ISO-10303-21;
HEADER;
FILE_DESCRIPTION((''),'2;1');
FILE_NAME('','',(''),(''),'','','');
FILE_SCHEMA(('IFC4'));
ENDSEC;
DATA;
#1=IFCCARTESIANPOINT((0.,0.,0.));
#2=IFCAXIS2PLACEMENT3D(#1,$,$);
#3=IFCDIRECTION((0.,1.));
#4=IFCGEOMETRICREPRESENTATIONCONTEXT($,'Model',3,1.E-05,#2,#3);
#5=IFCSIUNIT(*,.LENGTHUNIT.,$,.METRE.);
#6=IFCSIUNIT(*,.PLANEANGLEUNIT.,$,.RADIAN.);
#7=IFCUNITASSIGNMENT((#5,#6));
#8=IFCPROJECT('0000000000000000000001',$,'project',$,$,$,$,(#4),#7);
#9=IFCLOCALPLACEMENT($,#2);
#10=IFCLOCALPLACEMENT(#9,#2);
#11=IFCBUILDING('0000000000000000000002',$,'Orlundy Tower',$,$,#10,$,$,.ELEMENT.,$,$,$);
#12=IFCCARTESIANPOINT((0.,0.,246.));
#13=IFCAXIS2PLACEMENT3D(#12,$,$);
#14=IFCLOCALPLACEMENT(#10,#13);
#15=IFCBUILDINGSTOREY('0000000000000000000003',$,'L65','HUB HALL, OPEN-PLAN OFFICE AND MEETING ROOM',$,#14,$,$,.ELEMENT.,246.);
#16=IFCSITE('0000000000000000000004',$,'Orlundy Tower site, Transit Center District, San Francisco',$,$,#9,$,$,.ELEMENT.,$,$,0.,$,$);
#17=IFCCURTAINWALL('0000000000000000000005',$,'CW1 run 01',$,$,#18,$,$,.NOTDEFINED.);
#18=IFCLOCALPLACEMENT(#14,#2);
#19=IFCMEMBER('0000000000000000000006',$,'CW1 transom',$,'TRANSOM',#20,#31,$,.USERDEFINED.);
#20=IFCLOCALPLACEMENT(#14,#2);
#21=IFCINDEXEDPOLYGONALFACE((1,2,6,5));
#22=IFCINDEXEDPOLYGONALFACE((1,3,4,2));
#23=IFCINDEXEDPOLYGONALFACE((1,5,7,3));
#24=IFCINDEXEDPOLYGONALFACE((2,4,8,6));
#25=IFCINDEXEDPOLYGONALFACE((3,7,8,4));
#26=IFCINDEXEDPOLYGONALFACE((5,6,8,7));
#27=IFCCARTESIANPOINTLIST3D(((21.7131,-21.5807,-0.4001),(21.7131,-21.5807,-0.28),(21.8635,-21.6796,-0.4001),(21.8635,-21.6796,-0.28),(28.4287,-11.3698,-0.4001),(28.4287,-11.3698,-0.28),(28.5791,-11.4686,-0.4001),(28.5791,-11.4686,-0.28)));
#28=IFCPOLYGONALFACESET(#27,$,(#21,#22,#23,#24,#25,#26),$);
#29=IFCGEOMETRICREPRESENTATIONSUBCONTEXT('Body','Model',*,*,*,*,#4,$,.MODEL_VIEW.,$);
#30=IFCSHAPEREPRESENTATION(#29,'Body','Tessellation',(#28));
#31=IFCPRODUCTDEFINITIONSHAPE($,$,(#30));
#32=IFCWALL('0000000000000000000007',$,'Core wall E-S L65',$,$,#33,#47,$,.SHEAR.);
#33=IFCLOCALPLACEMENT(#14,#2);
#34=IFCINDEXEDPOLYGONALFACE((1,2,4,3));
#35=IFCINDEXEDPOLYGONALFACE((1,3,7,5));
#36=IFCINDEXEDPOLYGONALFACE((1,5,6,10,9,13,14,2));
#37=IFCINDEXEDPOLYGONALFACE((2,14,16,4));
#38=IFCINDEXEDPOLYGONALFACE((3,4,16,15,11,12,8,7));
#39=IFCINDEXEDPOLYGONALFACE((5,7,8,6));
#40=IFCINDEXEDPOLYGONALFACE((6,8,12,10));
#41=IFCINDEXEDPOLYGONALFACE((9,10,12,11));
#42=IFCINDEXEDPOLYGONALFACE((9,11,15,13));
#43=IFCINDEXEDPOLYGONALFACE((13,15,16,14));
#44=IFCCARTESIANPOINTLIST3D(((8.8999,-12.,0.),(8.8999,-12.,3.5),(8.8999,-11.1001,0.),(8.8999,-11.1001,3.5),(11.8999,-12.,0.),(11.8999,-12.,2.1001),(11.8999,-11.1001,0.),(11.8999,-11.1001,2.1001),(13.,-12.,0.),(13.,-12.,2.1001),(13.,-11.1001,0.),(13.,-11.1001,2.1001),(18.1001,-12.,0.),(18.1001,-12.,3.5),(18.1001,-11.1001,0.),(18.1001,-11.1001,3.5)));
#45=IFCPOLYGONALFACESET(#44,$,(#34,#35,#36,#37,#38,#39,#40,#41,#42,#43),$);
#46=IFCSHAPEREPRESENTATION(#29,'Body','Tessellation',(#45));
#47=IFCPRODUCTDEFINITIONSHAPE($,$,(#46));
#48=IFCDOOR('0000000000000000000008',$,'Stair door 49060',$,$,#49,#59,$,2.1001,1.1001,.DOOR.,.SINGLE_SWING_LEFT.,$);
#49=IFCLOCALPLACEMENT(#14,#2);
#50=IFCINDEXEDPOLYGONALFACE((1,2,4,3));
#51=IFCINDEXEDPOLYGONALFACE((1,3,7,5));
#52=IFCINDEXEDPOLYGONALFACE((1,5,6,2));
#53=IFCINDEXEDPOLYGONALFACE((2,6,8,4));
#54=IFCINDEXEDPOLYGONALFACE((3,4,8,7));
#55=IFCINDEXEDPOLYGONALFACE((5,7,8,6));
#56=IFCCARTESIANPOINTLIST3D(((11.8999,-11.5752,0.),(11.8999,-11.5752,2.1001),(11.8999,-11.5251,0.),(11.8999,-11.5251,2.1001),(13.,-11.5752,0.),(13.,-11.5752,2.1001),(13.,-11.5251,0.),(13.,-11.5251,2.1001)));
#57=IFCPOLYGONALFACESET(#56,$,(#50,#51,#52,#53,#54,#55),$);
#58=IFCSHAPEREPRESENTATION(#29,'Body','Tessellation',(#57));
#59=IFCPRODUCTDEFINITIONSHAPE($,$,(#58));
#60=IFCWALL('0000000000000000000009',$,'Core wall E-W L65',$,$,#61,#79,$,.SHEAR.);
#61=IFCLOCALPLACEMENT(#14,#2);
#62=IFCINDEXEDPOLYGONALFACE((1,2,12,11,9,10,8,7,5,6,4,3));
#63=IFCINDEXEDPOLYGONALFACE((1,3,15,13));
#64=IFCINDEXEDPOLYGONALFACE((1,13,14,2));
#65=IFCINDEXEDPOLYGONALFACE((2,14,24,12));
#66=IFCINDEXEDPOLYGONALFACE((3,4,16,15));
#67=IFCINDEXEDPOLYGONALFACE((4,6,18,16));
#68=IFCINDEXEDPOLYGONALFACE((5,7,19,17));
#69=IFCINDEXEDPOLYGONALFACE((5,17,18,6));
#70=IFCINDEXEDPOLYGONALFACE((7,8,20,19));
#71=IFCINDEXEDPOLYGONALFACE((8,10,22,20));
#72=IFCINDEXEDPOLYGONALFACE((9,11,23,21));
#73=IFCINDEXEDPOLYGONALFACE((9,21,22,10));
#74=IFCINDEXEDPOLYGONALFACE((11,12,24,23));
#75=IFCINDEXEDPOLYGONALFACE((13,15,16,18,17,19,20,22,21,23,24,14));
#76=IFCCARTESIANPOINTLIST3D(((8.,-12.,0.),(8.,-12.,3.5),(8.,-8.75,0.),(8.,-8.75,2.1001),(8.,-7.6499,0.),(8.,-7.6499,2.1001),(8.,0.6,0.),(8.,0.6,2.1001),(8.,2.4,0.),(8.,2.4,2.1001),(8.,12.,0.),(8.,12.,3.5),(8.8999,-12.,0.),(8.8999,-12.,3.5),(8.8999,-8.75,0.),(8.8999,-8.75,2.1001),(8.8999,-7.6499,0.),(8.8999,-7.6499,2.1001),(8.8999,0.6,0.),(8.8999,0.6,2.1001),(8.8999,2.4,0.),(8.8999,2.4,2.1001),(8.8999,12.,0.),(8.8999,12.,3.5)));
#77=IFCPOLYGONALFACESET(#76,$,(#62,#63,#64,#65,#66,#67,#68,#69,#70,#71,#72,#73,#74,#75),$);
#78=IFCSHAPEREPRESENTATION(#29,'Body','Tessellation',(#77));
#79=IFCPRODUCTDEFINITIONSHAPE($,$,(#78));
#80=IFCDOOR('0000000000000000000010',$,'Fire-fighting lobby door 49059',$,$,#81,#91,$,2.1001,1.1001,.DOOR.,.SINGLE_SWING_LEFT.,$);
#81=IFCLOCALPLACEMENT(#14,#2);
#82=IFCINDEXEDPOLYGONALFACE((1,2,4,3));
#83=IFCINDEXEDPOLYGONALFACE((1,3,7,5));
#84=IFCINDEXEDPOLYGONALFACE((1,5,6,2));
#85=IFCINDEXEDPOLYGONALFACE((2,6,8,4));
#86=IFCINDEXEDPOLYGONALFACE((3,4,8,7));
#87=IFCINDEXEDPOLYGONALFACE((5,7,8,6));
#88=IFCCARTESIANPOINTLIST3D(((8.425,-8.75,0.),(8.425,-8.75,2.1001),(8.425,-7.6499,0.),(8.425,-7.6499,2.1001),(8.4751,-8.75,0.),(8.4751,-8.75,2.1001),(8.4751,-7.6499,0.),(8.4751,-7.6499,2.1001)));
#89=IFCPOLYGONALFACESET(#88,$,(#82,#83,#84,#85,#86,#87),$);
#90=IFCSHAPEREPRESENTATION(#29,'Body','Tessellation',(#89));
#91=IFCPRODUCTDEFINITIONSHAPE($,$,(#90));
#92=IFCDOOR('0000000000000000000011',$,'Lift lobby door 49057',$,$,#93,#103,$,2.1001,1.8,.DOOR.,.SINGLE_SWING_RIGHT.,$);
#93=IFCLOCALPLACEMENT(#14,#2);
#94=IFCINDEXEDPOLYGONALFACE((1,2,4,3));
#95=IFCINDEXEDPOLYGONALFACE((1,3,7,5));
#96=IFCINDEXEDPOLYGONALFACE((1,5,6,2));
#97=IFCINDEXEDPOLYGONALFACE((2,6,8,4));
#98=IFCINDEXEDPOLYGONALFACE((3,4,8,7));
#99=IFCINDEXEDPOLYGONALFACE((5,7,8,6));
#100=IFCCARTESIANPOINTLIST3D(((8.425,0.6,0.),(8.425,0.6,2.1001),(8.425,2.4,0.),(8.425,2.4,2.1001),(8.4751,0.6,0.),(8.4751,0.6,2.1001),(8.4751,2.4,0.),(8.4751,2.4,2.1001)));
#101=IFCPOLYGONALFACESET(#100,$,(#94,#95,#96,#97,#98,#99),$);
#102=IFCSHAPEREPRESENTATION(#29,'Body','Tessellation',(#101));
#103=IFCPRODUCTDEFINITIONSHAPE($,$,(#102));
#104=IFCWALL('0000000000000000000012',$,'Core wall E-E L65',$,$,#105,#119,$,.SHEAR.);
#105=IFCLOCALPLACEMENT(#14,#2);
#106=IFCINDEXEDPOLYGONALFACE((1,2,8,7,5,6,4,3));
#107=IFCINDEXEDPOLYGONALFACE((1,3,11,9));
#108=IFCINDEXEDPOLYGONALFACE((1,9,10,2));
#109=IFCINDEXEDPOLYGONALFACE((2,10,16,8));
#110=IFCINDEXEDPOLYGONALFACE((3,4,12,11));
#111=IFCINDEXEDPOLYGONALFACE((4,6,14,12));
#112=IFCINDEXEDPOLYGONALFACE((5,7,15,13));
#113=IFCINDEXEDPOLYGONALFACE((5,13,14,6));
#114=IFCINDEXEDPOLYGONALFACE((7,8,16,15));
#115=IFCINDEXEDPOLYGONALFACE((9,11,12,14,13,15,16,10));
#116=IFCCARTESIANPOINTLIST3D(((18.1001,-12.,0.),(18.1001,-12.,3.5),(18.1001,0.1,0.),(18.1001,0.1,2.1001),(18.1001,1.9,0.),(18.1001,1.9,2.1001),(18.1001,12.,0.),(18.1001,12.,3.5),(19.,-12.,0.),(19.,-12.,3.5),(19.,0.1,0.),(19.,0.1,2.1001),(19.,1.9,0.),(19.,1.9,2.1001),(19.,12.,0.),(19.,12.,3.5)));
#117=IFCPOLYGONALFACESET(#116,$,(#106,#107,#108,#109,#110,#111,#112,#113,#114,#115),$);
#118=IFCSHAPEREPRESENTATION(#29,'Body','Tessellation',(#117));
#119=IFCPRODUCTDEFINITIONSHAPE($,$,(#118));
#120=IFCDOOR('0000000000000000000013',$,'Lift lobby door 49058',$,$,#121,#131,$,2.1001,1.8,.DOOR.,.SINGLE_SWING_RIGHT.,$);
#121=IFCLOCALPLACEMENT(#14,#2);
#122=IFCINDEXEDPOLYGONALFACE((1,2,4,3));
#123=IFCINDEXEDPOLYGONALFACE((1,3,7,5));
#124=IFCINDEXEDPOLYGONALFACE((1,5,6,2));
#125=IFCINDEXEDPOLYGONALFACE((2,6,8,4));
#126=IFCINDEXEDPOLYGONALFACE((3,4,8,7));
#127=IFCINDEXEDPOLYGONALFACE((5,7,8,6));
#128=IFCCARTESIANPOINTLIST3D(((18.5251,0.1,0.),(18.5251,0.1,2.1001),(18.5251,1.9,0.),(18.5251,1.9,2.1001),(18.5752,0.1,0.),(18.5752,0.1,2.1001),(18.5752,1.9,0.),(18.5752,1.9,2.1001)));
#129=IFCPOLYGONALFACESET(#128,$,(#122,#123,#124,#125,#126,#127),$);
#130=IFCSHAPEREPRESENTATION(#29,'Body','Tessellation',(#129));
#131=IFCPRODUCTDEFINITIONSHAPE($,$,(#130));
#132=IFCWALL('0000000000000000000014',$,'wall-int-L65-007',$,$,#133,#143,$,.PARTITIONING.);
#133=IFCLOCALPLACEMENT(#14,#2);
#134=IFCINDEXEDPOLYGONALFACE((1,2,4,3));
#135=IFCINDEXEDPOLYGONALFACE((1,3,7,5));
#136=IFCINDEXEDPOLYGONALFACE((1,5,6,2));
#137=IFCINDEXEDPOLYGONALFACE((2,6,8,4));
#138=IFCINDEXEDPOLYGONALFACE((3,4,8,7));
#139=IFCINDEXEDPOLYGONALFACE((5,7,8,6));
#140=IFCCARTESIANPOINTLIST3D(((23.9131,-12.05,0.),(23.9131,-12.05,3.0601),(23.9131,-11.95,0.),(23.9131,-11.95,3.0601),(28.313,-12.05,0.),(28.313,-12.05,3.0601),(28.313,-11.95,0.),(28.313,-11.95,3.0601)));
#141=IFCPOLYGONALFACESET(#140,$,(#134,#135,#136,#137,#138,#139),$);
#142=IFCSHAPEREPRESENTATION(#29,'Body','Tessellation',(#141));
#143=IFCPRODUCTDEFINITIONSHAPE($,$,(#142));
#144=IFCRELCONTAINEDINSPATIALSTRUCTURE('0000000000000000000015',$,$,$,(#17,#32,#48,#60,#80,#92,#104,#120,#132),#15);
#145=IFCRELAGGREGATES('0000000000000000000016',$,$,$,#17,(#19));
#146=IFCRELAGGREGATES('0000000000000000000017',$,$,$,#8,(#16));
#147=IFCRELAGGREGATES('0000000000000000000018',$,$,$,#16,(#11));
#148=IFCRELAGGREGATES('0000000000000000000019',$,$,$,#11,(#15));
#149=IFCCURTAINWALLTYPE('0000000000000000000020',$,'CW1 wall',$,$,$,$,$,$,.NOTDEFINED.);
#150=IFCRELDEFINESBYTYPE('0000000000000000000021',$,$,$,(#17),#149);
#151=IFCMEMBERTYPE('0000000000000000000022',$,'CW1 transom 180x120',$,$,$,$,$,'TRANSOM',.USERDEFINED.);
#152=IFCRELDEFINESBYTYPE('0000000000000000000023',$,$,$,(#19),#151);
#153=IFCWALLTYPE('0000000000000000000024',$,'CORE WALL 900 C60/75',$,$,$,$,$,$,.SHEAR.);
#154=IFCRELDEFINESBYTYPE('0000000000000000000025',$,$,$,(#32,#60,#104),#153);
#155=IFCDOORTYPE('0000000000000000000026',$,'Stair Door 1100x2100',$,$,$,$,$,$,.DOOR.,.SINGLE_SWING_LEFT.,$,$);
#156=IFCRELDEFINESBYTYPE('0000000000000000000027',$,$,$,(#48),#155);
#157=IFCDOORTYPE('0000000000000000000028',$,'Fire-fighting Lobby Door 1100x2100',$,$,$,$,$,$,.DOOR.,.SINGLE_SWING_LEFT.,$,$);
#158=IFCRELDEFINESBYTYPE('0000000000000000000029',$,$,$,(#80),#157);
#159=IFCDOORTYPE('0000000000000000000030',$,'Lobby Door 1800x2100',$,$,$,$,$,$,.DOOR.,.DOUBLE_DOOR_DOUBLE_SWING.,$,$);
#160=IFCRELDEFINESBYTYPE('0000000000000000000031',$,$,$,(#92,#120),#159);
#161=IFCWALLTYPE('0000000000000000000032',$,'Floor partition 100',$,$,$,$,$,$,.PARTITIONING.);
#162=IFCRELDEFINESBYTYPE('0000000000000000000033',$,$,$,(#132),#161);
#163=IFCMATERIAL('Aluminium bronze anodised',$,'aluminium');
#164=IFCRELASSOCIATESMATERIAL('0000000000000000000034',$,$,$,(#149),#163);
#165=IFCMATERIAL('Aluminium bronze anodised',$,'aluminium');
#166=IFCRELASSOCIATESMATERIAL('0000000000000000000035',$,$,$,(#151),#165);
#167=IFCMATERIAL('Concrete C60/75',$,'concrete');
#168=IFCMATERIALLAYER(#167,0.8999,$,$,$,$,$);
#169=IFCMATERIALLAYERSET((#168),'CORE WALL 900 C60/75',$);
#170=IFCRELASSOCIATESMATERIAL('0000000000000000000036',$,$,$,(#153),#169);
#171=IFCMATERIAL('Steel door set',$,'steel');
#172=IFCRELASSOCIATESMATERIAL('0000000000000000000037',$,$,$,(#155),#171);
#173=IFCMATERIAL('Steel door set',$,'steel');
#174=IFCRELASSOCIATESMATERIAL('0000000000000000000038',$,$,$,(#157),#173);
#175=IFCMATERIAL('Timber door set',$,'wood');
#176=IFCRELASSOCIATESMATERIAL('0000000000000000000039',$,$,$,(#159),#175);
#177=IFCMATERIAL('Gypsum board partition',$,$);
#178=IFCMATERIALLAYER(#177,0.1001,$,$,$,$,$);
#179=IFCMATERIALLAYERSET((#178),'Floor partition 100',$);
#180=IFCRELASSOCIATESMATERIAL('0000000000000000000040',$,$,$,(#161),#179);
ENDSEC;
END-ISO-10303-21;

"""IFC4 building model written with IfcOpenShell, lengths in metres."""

from ifc_helpers import new_model, si_unit, direction, frame, frame_2d, origin, origin_2d, place, context, subcontext, project, spatial, rectangle, extrude, material, layer, layer_set, material_profile, profile_set, type_object, element, fill, aggregate, save


model = new_model("IFC4")

# Units and contexts
model_context = context("Model", 3, precision=1e-05, world=origin(), true_north=direction((0.0, 1.0)))
body_context = subcontext(model_context, "Body", "Model", "MODEL_VIEW")
ifc_project = project(units=[si_unit("LENGTHUNIT", "METRE"), si_unit("PLANEANGLEUNIT", "RADIAN")], contexts=[model_context])

# Site, building, storey
site_placement = place(None, origin())
site = spatial("IfcSite", under=ifc_project, at=site_placement, Name="Orlundy Tower site, Transit Center District, San Francisco", CompositionType="ELEMENT", RefElevation=0.0)
building_placement = place(site_placement, origin())
building = spatial("IfcBuilding", under=site, at=building_placement, Name="Orlundy Tower", CompositionType="ELEMENT")
storey_placement = place(building_placement, frame((0.0, 0.0, 246.0)))
storey = spatial("IfcBuildingStorey", under=building, at=storey_placement, Name="L65", Description="HUB HALL, OPEN-PLAN OFFICE AND MEETING ROOM", CompositionType="ELEMENT", Elevation=246.0)

# Curtain wall, member
ifc_material_1 = material(Name="Aluminium bronze anodised", Category="aluminium")
curtain_wall_type = type_object("IfcCurtainWallType", Name="CW1 wall", PredefinedType="NOTDEFINED", material=ifc_material_1)
curtain_wall_placement = place(storey_placement, origin())
curtain_wall = element("IfcCurtainWall", 1, at=curtain_wall_placement, inside=storey, type_object=curtain_wall_type, Name="CW1 run 01", PredefinedType="NOTDEFINED")
ifc_material_2 = material(Name="Aluminium bronze anodised", Category="aluminium")
ifc_material_profile = material_profile(ifc_material_2, rectangle(XDim=0.1799, YDim=0.1201, at=origin_2d()), Name="CW1 transom 180x120")
ifc_profile_set = profile_set([ifc_material_profile], Name="Aluminium bronze anodised")
member_type = type_object("IfcMemberType", Name="CW1 transom 180x120", ElementType="TRANSOM", PredefinedType="USERDEFINED", material=ifc_profile_set)
member_placement = place(storey_placement, frame((28.5039, -11.4192, -0.3401), z_axis=(-0.549494, -0.835498, 0.0), x_axis=(0.835498, -0.549494, 0.0)))
member = element("IfcMember", 2, at=member_placement, type_object=member_type, Name="CW1 transom", ObjectType="TRANSOM", PredefinedType="USERDEFINED", context=body_context, shape_type="SweptSolid", body=[
    extrude(rectangle(XDim=0.1799, YDim=0.1201, at=origin_2d()), origin(), (0.0, 0.0, 1.0), 12.2214),
])
aggregate(curtain_wall, [member])

# Wall, opening, door
ifc_material_3 = material(Name="Concrete C60/75", Category="concrete")
ifc_layer_1 = layer(ifc_material_3, 0.8999)
ifc_layer_set_1 = layer_set([ifc_layer_1], Name="CORE WALL 900 C60/75")
wall_type_1 = type_object("IfcWallType", Name="CORE WALL 900 C60/75", PredefinedType="SHEAR", material=ifc_layer_set_1)
wall_1_placement = place(storey_placement, frame((8.8999, -11.55, 0.0), z_axis=(0.0, 0.0, 1.0), x_axis=(1.0, 0.0, 0.0)))
wall_1 = element("IfcWall", 3, at=wall_1_placement, inside=storey, type_object=wall_type_1, Name="Core wall E-S L65", PredefinedType="SHEAR", context=body_context, shape_type="SweptSolid", body=[
    extrude(rectangle(XDim=9.2002, YDim=0.8999, at=frame_2d((4.6001, 0.0))), origin(), (0.0, 0.0, 1.0), 3.5),
])
opening_1_placement = place(wall_1_placement, frame((3.0, 0.0, 0.0)))
opening_1 = element("IfcOpeningElement", 4, at=opening_1_placement, cuts=wall_1, PredefinedType="OPENING", context=body_context, shape_type="SweptSolid", body=[
    extrude(rectangle(XDim=1.1001, YDim=2.1001, at=frame_2d((0.55, 1.05))), frame((0.0, 0.46, 0.0), z_axis=(0.0, -1.0, 0.0), x_axis=(1.0, 0.0, 0.0)), (0.0, 0.0, 1.0), 0.9199),
])
ifc_material_4 = material(Name="Steel door set", Category="steel")
door_type_1 = type_object("IfcDoorType", Name="Stair Door 1100x2100", OperationType="SINGLE_SWING_LEFT", PredefinedType="DOOR", material=ifc_material_4)
door_1_placement = place(opening_1_placement, origin())
door_1 = element("IfcDoor", 5, at=door_1_placement, inside=storey, type_object=door_type_1, Name="Stair door 49060", OperationType="SINGLE_SWING_LEFT", OverallHeight=2.1001, OverallWidth=1.1001, PredefinedType="DOOR", context=body_context, shape_type="SweptSolid", body=[
    extrude(rectangle(XDim=1.1001, YDim=2.1001, at=frame_2d((0.55, 1.05))), frame((0.0, 0.0249, 0.0), z_axis=(0.0, -1.0, 0.0), x_axis=(1.0, 0.0, 0.0)), (0.0, 0.0, 1.0), 0.05),
])
fill(opening_1, door_1)

# Wall, openings, doors
wall_2_placement = place(storey_placement, frame((8.45, -12.0, 0.0), z_axis=(0.0, 0.0, 1.0), x_axis=(0.0, 1.0, 0.0)))
wall_2 = element("IfcWall", 6, at=wall_2_placement, inside=storey, type_object=wall_type_1, Name="Core wall E-W L65", PredefinedType="SHEAR", context=body_context, shape_type="SweptSolid", body=[
    extrude(rectangle(XDim=24.0, YDim=0.8999, at=frame_2d((12.0, 0.0))), origin(), (0.0, 0.0, 1.0), 3.5),
])
opening_2_placement = place(wall_2_placement, frame((12.6001, 0.0, 0.0)))
opening_2 = element("IfcOpeningElement", 7, at=opening_2_placement, cuts=wall_2, PredefinedType="OPENING", context=body_context, shape_type="SweptSolid", body=[
    extrude(rectangle(XDim=1.8, YDim=2.1001, at=frame_2d((0.8999, 1.05))), frame((0.0, 0.46, 0.0), z_axis=(0.0, -1.0, 0.0), x_axis=(1.0, 0.0, 0.0)), (0.0, 0.0, 1.0), 0.9199),
])
opening_3_placement = place(wall_2_placement, frame((3.25, 0.0, 0.0)))
opening_3 = element("IfcOpeningElement", 8, at=opening_3_placement, cuts=wall_2, PredefinedType="OPENING", context=body_context, shape_type="SweptSolid", body=[
    extrude(rectangle(XDim=1.1001, YDim=2.1001, at=frame_2d((0.55, 1.05))), frame((0.0, 0.46, 0.0), z_axis=(0.0, -1.0, 0.0), x_axis=(1.0, 0.0, 0.0)), (0.0, 0.0, 1.0), 0.9199),
])
ifc_material_5 = material(Name="Steel door set", Category="steel")
door_type_2 = type_object("IfcDoorType", Name="Fire-fighting Lobby Door 1100x2100", OperationType="SINGLE_SWING_LEFT", PredefinedType="DOOR", material=ifc_material_5)
door_2_placement = place(opening_3_placement, origin())
door_2 = element("IfcDoor", 9, at=door_2_placement, inside=storey, type_object=door_type_2, Name="Fire-fighting lobby door 49059", OperationType="SINGLE_SWING_LEFT", OverallHeight=2.1001, OverallWidth=1.1001, PredefinedType="DOOR", context=body_context, shape_type="SweptSolid", body=[
    extrude(rectangle(XDim=1.1001, YDim=2.1001, at=frame_2d((0.55, 1.05))), frame((0.0, 0.0249, 0.0), z_axis=(0.0, -1.0, 0.0), x_axis=(1.0, 0.0, 0.0)), (0.0, 0.0, 1.0), 0.05),
])
fill(opening_3, door_2)
ifc_material_6 = material(Name="Timber door set", Category="wood")
door_type_3 = type_object("IfcDoorType", Name="Lobby Door 1800x2100", OperationType="DOUBLE_DOOR_DOUBLE_SWING", PredefinedType="DOOR", material=ifc_material_6)
door_3_placement = place(opening_2_placement, origin())
door_3 = element("IfcDoor", 10, at=door_3_placement, inside=storey, type_object=door_type_3, Name="Lift lobby door 49057", OperationType="SINGLE_SWING_RIGHT", OverallHeight=2.1001, OverallWidth=1.8, PredefinedType="DOOR", context=body_context, shape_type="SweptSolid", body=[
    extrude(rectangle(XDim=1.8, YDim=2.1001, at=frame_2d((0.8999, 1.05))), frame((0.0, 0.0249, 0.0), z_axis=(0.0, -1.0, 0.0), x_axis=(1.0, 0.0, 0.0)), (0.0, 0.0, 1.0), 0.05),
])
fill(opening_2, door_3)

# Wall, opening, door
wall_3_placement = place(storey_placement, frame((18.55, -12.0, 0.0), z_axis=(0.0, 0.0, 1.0), x_axis=(0.0, 1.0, 0.0)))
wall_3 = element("IfcWall", 11, at=wall_3_placement, inside=storey, type_object=wall_type_1, Name="Core wall E-E L65", PredefinedType="SHEAR", context=body_context, shape_type="SweptSolid", body=[
    extrude(rectangle(XDim=24.0, YDim=0.8999, at=frame_2d((12.0, 0.0))), origin(), (0.0, 0.0, 1.0), 3.5),
])
opening_4_placement = place(wall_3_placement, frame((12.1001, 0.0, 0.0)))
opening_4 = element("IfcOpeningElement", 12, at=opening_4_placement, cuts=wall_3, PredefinedType="OPENING", context=body_context, shape_type="SweptSolid", body=[
    extrude(rectangle(XDim=1.8, YDim=2.1001, at=frame_2d((0.8999, 1.05))), frame((0.0, 0.46, 0.0), z_axis=(0.0, -1.0, 0.0), x_axis=(1.0, 0.0, 0.0)), (0.0, 0.0, 1.0), 0.9199),
])
door_4_placement = place(opening_4_placement, origin())
door_4 = element("IfcDoor", 13, at=door_4_placement, inside=storey, type_object=door_type_3, Name="Lift lobby door 49058", OperationType="SINGLE_SWING_RIGHT", OverallHeight=2.1001, OverallWidth=1.8, PredefinedType="DOOR", context=body_context, shape_type="SweptSolid", body=[
    extrude(rectangle(XDim=1.8, YDim=2.1001, at=frame_2d((0.8999, 1.05))), frame((0.0, 0.0249, 0.0), z_axis=(0.0, -1.0, 0.0), x_axis=(1.0, 0.0, 0.0)), (0.0, 0.0, 1.0), 0.05),
])
fill(opening_4, door_4)

# Wall
ifc_material_7 = material(Name="Gypsum board partition")
ifc_layer_2 = layer(ifc_material_7, 0.1001)
ifc_layer_set_2 = layer_set([ifc_layer_2], Name="Floor partition 100")
wall_type_2 = type_object("IfcWallType", Name="Floor partition 100", PredefinedType="PARTITIONING", material=ifc_layer_set_2)
wall_4_placement = place(storey_placement, frame((23.9131, -12.0, 0.0), z_axis=(0.0, 0.0, 1.0), x_axis=(1.0, 0.0, 0.0)))
element("IfcWall", 14, at=wall_4_placement, inside=storey, type_object=wall_type_2, Name="wall-int-L65-007", PredefinedType="PARTITIONING", context=body_context, shape_type="SweptSolid", body=[
    extrude(rectangle(XDim=4.3999, YDim=0.1001, at=frame_2d((2.2, 0.0))), origin(), (0.0, 0.0, 1.0), 3.0601),
])

save(model, "model.ifc")
